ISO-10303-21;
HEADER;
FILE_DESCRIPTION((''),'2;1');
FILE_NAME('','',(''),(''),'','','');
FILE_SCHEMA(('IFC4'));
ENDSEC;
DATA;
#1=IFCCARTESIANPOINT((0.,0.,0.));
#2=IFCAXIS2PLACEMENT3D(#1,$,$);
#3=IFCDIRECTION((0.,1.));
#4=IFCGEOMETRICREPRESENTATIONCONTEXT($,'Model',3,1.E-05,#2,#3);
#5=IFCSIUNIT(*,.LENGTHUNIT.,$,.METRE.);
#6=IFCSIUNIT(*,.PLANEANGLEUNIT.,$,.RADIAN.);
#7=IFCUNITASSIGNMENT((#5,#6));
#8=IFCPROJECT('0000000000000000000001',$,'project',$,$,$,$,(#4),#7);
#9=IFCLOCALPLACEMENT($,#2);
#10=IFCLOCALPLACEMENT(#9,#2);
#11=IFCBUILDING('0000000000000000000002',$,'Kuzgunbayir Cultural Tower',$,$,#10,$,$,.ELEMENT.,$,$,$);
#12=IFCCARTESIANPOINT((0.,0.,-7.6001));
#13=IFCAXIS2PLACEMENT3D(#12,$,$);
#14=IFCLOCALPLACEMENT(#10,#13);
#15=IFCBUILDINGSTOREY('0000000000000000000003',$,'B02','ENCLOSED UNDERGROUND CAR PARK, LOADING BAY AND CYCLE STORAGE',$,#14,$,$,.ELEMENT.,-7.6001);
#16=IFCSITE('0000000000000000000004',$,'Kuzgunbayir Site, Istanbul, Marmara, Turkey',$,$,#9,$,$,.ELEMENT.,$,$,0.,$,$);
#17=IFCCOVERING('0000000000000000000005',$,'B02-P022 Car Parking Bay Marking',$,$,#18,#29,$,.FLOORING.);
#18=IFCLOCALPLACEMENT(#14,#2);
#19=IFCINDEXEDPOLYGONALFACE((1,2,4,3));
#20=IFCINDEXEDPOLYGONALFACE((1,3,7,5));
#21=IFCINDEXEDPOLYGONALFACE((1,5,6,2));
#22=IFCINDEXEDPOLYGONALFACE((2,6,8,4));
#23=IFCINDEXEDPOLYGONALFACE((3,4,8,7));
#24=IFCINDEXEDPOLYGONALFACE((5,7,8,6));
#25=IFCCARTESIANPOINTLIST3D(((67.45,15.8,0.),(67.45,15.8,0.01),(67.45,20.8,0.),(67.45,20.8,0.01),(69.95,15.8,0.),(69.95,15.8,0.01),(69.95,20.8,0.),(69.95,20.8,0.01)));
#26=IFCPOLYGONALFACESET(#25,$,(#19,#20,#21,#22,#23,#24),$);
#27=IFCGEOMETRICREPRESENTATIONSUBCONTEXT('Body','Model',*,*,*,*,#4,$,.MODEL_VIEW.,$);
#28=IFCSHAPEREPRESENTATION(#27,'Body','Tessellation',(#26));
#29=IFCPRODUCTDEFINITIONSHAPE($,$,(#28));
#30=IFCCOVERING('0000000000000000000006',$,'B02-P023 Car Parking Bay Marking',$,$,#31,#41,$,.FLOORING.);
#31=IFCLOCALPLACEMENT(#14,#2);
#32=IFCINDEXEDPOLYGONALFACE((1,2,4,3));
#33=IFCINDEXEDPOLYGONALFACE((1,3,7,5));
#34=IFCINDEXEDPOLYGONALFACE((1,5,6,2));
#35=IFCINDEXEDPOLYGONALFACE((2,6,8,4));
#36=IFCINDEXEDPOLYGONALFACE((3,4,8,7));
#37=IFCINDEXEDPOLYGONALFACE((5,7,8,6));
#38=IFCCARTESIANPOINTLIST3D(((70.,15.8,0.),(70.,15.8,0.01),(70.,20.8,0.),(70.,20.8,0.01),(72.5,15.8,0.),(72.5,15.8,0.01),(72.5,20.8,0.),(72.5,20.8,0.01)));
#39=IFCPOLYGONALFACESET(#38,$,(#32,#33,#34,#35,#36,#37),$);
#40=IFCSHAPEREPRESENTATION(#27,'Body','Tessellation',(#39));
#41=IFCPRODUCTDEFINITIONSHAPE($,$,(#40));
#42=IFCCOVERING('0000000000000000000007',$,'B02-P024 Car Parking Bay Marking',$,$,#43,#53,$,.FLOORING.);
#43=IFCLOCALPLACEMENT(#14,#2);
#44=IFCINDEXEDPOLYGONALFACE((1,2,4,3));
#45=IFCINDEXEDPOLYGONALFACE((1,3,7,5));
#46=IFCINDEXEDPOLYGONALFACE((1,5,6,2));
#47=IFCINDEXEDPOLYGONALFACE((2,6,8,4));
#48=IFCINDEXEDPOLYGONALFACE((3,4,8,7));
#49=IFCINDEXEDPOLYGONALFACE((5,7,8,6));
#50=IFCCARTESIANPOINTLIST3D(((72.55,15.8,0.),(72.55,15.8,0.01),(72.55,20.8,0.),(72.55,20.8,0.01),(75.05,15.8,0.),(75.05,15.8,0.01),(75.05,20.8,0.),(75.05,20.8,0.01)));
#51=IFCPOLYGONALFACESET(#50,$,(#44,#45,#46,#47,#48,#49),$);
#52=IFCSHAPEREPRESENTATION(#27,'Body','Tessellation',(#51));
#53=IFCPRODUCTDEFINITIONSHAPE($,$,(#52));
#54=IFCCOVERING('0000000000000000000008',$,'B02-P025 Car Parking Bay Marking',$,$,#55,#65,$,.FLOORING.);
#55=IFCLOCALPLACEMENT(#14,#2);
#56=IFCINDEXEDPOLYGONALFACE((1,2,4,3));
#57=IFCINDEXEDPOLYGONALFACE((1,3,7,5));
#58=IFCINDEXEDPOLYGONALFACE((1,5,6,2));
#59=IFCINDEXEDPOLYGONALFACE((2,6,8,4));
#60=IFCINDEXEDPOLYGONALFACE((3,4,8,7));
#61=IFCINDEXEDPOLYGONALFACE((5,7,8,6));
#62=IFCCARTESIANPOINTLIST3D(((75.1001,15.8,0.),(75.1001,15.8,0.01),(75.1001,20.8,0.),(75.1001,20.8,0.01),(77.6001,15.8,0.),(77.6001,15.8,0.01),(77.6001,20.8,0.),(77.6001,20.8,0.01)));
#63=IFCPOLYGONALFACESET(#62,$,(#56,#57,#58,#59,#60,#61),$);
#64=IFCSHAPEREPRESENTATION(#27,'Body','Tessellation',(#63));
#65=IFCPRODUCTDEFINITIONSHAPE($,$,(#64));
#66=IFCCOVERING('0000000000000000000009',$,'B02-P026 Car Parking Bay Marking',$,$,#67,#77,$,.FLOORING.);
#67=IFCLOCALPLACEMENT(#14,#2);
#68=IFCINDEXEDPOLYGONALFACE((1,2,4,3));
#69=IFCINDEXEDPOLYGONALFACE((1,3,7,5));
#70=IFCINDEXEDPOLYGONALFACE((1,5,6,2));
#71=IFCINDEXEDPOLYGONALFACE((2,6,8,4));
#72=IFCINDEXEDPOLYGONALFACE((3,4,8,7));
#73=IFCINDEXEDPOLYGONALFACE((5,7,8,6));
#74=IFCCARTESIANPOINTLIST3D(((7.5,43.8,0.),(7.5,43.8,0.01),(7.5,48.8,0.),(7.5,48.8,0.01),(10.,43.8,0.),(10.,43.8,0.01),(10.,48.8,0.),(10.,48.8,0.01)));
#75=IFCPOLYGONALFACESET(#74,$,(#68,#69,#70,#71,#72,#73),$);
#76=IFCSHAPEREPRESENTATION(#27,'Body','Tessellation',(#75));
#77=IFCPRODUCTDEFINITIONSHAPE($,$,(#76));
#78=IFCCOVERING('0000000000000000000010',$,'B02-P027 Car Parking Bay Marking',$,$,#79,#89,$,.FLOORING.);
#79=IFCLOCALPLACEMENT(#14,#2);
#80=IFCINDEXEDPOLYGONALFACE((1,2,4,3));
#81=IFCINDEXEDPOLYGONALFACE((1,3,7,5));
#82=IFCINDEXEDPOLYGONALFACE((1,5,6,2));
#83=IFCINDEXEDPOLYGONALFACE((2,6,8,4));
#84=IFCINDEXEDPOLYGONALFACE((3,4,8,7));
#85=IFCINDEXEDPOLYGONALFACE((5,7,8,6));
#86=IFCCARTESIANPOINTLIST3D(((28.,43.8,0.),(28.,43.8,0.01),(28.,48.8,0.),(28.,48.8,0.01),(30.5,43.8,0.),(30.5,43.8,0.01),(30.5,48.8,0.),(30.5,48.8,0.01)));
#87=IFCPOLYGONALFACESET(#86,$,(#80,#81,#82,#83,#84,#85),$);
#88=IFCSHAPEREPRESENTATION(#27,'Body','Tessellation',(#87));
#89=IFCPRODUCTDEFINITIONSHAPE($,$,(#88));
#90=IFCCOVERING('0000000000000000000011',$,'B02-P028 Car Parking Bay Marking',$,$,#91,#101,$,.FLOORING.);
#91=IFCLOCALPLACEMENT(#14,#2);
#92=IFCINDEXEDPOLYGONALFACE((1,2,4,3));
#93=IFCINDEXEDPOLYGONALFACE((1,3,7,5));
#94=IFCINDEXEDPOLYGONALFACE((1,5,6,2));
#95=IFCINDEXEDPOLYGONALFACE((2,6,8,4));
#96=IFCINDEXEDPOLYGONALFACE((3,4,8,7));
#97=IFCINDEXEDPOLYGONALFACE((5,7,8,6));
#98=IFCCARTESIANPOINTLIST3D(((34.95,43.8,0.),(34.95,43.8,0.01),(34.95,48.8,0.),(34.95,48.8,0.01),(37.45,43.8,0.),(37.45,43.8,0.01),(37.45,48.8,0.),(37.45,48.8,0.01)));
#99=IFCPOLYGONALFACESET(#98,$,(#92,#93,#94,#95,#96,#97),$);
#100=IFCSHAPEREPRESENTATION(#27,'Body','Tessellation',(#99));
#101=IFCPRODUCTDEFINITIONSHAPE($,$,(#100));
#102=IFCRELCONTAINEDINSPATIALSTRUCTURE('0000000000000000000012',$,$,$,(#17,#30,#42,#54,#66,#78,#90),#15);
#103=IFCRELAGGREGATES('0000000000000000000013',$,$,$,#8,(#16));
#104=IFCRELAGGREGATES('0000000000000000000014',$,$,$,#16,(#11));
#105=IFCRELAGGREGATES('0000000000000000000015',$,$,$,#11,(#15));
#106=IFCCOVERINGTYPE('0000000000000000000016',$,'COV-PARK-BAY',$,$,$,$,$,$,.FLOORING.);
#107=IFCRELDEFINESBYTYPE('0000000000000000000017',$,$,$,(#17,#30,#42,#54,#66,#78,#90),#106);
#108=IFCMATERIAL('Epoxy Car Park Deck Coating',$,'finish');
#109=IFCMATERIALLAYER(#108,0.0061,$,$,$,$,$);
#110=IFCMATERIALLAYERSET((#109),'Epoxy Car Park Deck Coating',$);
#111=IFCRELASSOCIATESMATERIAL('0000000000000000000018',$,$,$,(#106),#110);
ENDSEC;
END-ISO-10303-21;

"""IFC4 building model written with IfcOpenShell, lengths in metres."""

from ifc_helpers import new_model, si_unit, direction, frame, origin, place, context, subcontext, project, spatial, polyline, outline, extrude, material, layer, layer_set, type_object, element, save


model = new_model("IFC4")

# Units and contexts
model_context = context("Model", 3, precision=1e-05, world=origin(), true_north=direction((0.0, 1.0)))
body_context = subcontext(model_context, "Body", "Model", "MODEL_VIEW")
ifc_project = project(units=[si_unit("LENGTHUNIT", "METRE"), si_unit("PLANEANGLEUNIT", "RADIAN")], contexts=[model_context])

# Site, building, storey
site_placement = place(None, origin())
site = spatial("IfcSite", under=ifc_project, at=site_placement, Name="Kuzgunbayir Site, Istanbul, Marmara, Turkey", CompositionType="ELEMENT", RefElevation=0.0)
building_placement = place(site_placement, origin())
building = spatial("IfcBuilding", under=site, at=building_placement, Name="Kuzgunbayir Cultural Tower", CompositionType="ELEMENT")
storey_placement = place(building_placement, frame((0.0, 0.0, -7.6001)))
storey = spatial("IfcBuildingStorey", under=building, at=storey_placement, Name="B02", Description="ENCLOSED UNDERGROUND CAR PARK, LOADING BAY AND CYCLE STORAGE", CompositionType="ELEMENT", Elevation=-7.6001)

# Coverings
ifc_material_1 = material(Name="Epoxy Car Park Deck Coating", Category="finish")
ifc_layer_1 = layer(ifc_material_1, 0.0061)
ifc_layer_set_1 = layer_set([ifc_layer_1], Name="Epoxy Car Park Deck Coating")
covering_type_1 = type_object("IfcCoveringType", Name="COV-PARK-BAY", PredefinedType="FLOORING", material=ifc_layer_set_1)
covering_1_placement = place(storey_placement, origin())
element("IfcCovering", 1, at=covering_1_placement, inside=storey, type_object=covering_type_1, Name="B02-P022 Car Parking Bay Marking", PredefinedType="FLOORING", context=body_context, shape_type="SweptSolid", body=[
    extrude(outline(polyline([(67.45, 15.8), (69.95, 15.8), (69.95, 20.8), (67.45, 20.8), (67.45, 15.8)])), origin(), (0.0, 0.0, 1.0), 0.01),
])
covering_2_placement = place(storey_placement, origin())
element("IfcCovering", 2, at=covering_2_placement, inside=storey, type_object=covering_type_1, Name="B02-P023 Car Parking Bay Marking", PredefinedType="FLOORING", context=body_context, shape_type="SweptSolid", body=[
    extrude(outline(polyline([(70.0, 15.8), (72.5, 15.8), (72.5, 20.8), (70.0, 20.8), (70.0, 15.8)])), origin(), (0.0, 0.0, 1.0), 0.01),
])
covering_3_placement = place(storey_placement, origin())
element("IfcCovering", 3, at=covering_3_placement, inside=storey, type_object=covering_type_1, Name="B02-P024 Car Parking Bay Marking", PredefinedType="FLOORING", context=body_context, shape_type="SweptSolid", body=[
    extrude(outline(polyline([(72.55, 15.8), (75.05, 15.8), (75.05, 20.8), (72.55, 20.8), (72.55, 15.8)])), origin(), (0.0, 0.0, 1.0), 0.01),
])
covering_4_placement = place(storey_placement, origin())
element("IfcCovering", 4, at=covering_4_placement, inside=storey, type_object=covering_type_1, Name="B02-P025 Car Parking Bay Marking", PredefinedType="FLOORING", context=body_context, shape_type="SweptSolid", body=[
    extrude(outline(polyline([(75.1001, 15.8), (77.6001, 15.8), (77.6001, 20.8), (75.1001, 20.8), (75.1001, 15.8)])), origin(), (0.0, 0.0, 1.0), 0.01),
])
covering_5_placement = place(storey_placement, origin())
element("IfcCovering", 5, at=covering_5_placement, inside=storey, type_object=covering_type_1, Name="B02-P026 Car Parking Bay Marking", PredefinedType="FLOORING", context=body_context, shape_type="SweptSolid", body=[
    extrude(outline(polyline([(7.5, 43.8), (10.0, 43.8), (10.0, 48.8), (7.5, 48.8), (7.5, 43.8)])), origin(), (0.0, 0.0, 1.0), 0.01),
])
covering_6_placement = place(storey_placement, origin())
element("IfcCovering", 6, at=covering_6_placement, inside=storey, type_object=covering_type_1, Name="B02-P027 Car Parking Bay Marking", PredefinedType="FLOORING", context=body_context, shape_type="SweptSolid", body=[
    extrude(outline(polyline([(28.0, 43.8), (30.5, 43.8), (30.5, 48.8), (28.0, 48.8), (28.0, 43.8)])), origin(), (0.0, 0.0, 1.0), 0.01),
])
covering_7_placement = place(storey_placement, origin())
element("IfcCovering", 7, at=covering_7_placement, inside=storey, type_object=covering_type_1, Name="B02-P028 Car Parking Bay Marking", PredefinedType="FLOORING", context=body_context, shape_type="SweptSolid", body=[
    extrude(outline(polyline([(34.95, 43.8), (37.45, 43.8), (37.45, 48.8), (34.95, 48.8), (34.95, 43.8)])), origin(), (0.0, 0.0, 1.0), 0.01),
])

save(model, "model.ifc")
